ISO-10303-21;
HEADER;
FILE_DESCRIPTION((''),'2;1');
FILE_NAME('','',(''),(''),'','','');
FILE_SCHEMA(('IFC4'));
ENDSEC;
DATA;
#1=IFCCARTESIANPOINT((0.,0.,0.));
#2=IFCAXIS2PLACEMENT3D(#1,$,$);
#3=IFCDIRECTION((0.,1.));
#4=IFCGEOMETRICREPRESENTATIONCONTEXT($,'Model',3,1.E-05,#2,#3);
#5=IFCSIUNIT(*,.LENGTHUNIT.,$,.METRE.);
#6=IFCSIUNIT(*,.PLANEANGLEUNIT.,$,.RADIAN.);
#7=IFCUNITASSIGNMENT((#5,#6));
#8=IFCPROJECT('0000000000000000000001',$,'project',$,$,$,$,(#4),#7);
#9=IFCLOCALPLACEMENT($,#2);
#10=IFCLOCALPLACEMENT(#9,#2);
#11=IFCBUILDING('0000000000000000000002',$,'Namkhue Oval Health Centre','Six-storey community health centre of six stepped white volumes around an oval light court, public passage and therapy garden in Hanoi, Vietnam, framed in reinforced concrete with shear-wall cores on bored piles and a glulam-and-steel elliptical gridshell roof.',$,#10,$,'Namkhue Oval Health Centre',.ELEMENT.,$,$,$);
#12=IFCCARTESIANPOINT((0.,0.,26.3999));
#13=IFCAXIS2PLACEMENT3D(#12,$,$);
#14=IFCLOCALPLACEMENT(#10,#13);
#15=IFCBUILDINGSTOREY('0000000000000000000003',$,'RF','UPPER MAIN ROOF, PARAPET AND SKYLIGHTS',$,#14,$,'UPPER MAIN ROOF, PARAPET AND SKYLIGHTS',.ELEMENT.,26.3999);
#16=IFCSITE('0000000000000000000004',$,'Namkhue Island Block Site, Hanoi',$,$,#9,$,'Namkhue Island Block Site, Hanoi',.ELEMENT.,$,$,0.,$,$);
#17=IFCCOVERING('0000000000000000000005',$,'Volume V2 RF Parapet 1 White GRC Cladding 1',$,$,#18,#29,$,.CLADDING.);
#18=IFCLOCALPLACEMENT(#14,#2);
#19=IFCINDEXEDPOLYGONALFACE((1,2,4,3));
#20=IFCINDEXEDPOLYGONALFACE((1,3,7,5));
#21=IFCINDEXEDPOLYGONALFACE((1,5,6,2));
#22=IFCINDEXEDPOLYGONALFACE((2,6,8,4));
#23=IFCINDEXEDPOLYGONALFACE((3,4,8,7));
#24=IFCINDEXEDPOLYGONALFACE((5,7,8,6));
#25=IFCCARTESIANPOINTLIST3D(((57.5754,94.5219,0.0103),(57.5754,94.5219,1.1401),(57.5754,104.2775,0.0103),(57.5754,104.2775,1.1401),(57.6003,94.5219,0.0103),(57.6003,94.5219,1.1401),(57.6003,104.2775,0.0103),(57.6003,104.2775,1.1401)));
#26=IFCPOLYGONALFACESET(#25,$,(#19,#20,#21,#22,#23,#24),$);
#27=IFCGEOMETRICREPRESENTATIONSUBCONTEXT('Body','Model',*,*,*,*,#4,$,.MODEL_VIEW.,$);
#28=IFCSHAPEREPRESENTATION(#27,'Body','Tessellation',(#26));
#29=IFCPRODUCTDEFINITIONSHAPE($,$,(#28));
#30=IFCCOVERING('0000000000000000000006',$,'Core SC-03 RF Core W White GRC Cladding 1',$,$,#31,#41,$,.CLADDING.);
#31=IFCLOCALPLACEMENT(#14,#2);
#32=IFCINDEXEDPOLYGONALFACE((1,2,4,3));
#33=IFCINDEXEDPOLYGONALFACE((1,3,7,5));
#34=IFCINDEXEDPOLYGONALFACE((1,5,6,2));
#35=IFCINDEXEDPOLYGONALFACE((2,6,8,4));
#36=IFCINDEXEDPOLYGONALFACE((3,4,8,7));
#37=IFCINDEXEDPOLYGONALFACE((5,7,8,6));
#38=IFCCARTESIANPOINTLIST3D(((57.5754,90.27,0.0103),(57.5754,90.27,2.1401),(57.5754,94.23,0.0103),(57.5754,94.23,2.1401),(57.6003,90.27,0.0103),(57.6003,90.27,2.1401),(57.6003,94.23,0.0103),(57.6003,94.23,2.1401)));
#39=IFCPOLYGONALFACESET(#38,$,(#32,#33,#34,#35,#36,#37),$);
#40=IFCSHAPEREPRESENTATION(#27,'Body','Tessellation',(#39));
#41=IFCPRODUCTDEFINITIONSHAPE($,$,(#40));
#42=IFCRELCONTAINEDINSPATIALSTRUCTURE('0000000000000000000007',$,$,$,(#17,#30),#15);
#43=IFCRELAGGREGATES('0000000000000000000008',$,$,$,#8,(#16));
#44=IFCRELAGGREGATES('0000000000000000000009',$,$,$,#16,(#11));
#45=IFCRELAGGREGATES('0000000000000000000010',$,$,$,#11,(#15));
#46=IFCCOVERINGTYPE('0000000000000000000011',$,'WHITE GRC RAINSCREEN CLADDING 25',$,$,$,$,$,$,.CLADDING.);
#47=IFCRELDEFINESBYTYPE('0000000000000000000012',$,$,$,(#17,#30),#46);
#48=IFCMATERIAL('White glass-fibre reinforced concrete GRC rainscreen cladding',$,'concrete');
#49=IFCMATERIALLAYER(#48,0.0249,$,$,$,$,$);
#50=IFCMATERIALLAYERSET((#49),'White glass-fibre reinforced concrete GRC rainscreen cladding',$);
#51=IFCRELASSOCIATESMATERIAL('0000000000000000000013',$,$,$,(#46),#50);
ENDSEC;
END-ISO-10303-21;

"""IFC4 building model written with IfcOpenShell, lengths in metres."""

from ifc_helpers import new_model, si_unit, direction, frame, origin, origin_2d, place, context, subcontext, project, spatial, rectangle, extrude, material, layer, layer_set, type_object, element, save


model = new_model("IFC4")

# Units and contexts
model_context = context("Model", 3, precision=1e-05, world=origin(), true_north=direction((0.0, 1.0)))
body_context = subcontext(model_context, "Body", "Model", "MODEL_VIEW")
ifc_project = project(units=[si_unit("LENGTHUNIT", "METRE"), si_unit("PLANEANGLEUNIT", "RADIAN")], contexts=[model_context])

# Site, building, storey
site_placement = place(None, origin())
site = spatial("IfcSite", under=ifc_project, at=site_placement, Name="Namkhue Island Block Site, Hanoi", LongName="Namkhue Island Block Site, Hanoi", CompositionType="ELEMENT", RefElevation=0.0)
building_placement = place(site_placement, origin())
building = spatial("IfcBuilding", under=site, at=building_placement, Name="Namkhue Oval Health Centre", Description="Six-storey community health centre of six stepped white volumes around an oval light court, public passage and therapy garden in Hanoi, Vietnam, framed in reinforced concrete with shear-wall cores on bored piles and a glulam-and-steel elliptical gridshell roof.", LongName="Namkhue Oval Health Centre", CompositionType="ELEMENT")
storey_placement = place(building_placement, frame((0.0, 0.0, 26.3999)))
storey = spatial("IfcBuildingStorey", under=building, at=storey_placement, Name="RF", Description="UPPER MAIN ROOF, PARAPET AND SKYLIGHTS", LongName="UPPER MAIN ROOF, PARAPET AND SKYLIGHTS", CompositionType="ELEMENT", Elevation=26.3999)

# Coverings
ifc_material_1 = material(Name="White glass-fibre reinforced concrete GRC rainscreen cladding", Category="concrete")
ifc_layer_1 = layer(ifc_material_1, 0.0249)
ifc_layer_set_1 = layer_set([ifc_layer_1], Name="White glass-fibre reinforced concrete GRC rainscreen cladding")
covering_type_1 = type_object("IfcCoveringType", Name="WHITE GRC RAINSCREEN CLADDING 25", PredefinedType="CLADDING", material=ifc_layer_set_1)
covering_1_placement = place(storey_placement, frame((57.5879, 99.3997, 0.0103), z_axis=(0.0, 0.0, 1.0), x_axis=(0.0, 1.0, 0.0)))
element("IfcCovering", 1, at=covering_1_placement, inside=storey, type_object=covering_type_1, Name="Volume V2 RF Parapet 1 White GRC Cladding 1", PredefinedType="CLADDING", context=body_context, shape_type="SweptSolid", body=[
    extrude(rectangle(XDim=9.7556, YDim=0.0249, at=origin_2d()), origin(), (0.0, 0.0, 1.0), 1.1299),
])
covering_2_placement = place(storey_placement, frame((57.5879, 92.25, 0.0103), z_axis=(0.0, 0.0, 1.0), x_axis=(0.0, -1.0, 0.0)))
element("IfcCovering", 2, at=covering_2_placement, inside=storey, type_object=covering_type_1, Name="Core SC-03 RF Core W White GRC Cladding 1", PredefinedType="CLADDING", context=body_context, shape_type="SweptSolid", body=[
    extrude(rectangle(XDim=3.96, YDim=0.0249, at=origin_2d()), origin(), (0.0, 0.0, 1.0), 2.1299),
])

save(model, "model.ifc")
